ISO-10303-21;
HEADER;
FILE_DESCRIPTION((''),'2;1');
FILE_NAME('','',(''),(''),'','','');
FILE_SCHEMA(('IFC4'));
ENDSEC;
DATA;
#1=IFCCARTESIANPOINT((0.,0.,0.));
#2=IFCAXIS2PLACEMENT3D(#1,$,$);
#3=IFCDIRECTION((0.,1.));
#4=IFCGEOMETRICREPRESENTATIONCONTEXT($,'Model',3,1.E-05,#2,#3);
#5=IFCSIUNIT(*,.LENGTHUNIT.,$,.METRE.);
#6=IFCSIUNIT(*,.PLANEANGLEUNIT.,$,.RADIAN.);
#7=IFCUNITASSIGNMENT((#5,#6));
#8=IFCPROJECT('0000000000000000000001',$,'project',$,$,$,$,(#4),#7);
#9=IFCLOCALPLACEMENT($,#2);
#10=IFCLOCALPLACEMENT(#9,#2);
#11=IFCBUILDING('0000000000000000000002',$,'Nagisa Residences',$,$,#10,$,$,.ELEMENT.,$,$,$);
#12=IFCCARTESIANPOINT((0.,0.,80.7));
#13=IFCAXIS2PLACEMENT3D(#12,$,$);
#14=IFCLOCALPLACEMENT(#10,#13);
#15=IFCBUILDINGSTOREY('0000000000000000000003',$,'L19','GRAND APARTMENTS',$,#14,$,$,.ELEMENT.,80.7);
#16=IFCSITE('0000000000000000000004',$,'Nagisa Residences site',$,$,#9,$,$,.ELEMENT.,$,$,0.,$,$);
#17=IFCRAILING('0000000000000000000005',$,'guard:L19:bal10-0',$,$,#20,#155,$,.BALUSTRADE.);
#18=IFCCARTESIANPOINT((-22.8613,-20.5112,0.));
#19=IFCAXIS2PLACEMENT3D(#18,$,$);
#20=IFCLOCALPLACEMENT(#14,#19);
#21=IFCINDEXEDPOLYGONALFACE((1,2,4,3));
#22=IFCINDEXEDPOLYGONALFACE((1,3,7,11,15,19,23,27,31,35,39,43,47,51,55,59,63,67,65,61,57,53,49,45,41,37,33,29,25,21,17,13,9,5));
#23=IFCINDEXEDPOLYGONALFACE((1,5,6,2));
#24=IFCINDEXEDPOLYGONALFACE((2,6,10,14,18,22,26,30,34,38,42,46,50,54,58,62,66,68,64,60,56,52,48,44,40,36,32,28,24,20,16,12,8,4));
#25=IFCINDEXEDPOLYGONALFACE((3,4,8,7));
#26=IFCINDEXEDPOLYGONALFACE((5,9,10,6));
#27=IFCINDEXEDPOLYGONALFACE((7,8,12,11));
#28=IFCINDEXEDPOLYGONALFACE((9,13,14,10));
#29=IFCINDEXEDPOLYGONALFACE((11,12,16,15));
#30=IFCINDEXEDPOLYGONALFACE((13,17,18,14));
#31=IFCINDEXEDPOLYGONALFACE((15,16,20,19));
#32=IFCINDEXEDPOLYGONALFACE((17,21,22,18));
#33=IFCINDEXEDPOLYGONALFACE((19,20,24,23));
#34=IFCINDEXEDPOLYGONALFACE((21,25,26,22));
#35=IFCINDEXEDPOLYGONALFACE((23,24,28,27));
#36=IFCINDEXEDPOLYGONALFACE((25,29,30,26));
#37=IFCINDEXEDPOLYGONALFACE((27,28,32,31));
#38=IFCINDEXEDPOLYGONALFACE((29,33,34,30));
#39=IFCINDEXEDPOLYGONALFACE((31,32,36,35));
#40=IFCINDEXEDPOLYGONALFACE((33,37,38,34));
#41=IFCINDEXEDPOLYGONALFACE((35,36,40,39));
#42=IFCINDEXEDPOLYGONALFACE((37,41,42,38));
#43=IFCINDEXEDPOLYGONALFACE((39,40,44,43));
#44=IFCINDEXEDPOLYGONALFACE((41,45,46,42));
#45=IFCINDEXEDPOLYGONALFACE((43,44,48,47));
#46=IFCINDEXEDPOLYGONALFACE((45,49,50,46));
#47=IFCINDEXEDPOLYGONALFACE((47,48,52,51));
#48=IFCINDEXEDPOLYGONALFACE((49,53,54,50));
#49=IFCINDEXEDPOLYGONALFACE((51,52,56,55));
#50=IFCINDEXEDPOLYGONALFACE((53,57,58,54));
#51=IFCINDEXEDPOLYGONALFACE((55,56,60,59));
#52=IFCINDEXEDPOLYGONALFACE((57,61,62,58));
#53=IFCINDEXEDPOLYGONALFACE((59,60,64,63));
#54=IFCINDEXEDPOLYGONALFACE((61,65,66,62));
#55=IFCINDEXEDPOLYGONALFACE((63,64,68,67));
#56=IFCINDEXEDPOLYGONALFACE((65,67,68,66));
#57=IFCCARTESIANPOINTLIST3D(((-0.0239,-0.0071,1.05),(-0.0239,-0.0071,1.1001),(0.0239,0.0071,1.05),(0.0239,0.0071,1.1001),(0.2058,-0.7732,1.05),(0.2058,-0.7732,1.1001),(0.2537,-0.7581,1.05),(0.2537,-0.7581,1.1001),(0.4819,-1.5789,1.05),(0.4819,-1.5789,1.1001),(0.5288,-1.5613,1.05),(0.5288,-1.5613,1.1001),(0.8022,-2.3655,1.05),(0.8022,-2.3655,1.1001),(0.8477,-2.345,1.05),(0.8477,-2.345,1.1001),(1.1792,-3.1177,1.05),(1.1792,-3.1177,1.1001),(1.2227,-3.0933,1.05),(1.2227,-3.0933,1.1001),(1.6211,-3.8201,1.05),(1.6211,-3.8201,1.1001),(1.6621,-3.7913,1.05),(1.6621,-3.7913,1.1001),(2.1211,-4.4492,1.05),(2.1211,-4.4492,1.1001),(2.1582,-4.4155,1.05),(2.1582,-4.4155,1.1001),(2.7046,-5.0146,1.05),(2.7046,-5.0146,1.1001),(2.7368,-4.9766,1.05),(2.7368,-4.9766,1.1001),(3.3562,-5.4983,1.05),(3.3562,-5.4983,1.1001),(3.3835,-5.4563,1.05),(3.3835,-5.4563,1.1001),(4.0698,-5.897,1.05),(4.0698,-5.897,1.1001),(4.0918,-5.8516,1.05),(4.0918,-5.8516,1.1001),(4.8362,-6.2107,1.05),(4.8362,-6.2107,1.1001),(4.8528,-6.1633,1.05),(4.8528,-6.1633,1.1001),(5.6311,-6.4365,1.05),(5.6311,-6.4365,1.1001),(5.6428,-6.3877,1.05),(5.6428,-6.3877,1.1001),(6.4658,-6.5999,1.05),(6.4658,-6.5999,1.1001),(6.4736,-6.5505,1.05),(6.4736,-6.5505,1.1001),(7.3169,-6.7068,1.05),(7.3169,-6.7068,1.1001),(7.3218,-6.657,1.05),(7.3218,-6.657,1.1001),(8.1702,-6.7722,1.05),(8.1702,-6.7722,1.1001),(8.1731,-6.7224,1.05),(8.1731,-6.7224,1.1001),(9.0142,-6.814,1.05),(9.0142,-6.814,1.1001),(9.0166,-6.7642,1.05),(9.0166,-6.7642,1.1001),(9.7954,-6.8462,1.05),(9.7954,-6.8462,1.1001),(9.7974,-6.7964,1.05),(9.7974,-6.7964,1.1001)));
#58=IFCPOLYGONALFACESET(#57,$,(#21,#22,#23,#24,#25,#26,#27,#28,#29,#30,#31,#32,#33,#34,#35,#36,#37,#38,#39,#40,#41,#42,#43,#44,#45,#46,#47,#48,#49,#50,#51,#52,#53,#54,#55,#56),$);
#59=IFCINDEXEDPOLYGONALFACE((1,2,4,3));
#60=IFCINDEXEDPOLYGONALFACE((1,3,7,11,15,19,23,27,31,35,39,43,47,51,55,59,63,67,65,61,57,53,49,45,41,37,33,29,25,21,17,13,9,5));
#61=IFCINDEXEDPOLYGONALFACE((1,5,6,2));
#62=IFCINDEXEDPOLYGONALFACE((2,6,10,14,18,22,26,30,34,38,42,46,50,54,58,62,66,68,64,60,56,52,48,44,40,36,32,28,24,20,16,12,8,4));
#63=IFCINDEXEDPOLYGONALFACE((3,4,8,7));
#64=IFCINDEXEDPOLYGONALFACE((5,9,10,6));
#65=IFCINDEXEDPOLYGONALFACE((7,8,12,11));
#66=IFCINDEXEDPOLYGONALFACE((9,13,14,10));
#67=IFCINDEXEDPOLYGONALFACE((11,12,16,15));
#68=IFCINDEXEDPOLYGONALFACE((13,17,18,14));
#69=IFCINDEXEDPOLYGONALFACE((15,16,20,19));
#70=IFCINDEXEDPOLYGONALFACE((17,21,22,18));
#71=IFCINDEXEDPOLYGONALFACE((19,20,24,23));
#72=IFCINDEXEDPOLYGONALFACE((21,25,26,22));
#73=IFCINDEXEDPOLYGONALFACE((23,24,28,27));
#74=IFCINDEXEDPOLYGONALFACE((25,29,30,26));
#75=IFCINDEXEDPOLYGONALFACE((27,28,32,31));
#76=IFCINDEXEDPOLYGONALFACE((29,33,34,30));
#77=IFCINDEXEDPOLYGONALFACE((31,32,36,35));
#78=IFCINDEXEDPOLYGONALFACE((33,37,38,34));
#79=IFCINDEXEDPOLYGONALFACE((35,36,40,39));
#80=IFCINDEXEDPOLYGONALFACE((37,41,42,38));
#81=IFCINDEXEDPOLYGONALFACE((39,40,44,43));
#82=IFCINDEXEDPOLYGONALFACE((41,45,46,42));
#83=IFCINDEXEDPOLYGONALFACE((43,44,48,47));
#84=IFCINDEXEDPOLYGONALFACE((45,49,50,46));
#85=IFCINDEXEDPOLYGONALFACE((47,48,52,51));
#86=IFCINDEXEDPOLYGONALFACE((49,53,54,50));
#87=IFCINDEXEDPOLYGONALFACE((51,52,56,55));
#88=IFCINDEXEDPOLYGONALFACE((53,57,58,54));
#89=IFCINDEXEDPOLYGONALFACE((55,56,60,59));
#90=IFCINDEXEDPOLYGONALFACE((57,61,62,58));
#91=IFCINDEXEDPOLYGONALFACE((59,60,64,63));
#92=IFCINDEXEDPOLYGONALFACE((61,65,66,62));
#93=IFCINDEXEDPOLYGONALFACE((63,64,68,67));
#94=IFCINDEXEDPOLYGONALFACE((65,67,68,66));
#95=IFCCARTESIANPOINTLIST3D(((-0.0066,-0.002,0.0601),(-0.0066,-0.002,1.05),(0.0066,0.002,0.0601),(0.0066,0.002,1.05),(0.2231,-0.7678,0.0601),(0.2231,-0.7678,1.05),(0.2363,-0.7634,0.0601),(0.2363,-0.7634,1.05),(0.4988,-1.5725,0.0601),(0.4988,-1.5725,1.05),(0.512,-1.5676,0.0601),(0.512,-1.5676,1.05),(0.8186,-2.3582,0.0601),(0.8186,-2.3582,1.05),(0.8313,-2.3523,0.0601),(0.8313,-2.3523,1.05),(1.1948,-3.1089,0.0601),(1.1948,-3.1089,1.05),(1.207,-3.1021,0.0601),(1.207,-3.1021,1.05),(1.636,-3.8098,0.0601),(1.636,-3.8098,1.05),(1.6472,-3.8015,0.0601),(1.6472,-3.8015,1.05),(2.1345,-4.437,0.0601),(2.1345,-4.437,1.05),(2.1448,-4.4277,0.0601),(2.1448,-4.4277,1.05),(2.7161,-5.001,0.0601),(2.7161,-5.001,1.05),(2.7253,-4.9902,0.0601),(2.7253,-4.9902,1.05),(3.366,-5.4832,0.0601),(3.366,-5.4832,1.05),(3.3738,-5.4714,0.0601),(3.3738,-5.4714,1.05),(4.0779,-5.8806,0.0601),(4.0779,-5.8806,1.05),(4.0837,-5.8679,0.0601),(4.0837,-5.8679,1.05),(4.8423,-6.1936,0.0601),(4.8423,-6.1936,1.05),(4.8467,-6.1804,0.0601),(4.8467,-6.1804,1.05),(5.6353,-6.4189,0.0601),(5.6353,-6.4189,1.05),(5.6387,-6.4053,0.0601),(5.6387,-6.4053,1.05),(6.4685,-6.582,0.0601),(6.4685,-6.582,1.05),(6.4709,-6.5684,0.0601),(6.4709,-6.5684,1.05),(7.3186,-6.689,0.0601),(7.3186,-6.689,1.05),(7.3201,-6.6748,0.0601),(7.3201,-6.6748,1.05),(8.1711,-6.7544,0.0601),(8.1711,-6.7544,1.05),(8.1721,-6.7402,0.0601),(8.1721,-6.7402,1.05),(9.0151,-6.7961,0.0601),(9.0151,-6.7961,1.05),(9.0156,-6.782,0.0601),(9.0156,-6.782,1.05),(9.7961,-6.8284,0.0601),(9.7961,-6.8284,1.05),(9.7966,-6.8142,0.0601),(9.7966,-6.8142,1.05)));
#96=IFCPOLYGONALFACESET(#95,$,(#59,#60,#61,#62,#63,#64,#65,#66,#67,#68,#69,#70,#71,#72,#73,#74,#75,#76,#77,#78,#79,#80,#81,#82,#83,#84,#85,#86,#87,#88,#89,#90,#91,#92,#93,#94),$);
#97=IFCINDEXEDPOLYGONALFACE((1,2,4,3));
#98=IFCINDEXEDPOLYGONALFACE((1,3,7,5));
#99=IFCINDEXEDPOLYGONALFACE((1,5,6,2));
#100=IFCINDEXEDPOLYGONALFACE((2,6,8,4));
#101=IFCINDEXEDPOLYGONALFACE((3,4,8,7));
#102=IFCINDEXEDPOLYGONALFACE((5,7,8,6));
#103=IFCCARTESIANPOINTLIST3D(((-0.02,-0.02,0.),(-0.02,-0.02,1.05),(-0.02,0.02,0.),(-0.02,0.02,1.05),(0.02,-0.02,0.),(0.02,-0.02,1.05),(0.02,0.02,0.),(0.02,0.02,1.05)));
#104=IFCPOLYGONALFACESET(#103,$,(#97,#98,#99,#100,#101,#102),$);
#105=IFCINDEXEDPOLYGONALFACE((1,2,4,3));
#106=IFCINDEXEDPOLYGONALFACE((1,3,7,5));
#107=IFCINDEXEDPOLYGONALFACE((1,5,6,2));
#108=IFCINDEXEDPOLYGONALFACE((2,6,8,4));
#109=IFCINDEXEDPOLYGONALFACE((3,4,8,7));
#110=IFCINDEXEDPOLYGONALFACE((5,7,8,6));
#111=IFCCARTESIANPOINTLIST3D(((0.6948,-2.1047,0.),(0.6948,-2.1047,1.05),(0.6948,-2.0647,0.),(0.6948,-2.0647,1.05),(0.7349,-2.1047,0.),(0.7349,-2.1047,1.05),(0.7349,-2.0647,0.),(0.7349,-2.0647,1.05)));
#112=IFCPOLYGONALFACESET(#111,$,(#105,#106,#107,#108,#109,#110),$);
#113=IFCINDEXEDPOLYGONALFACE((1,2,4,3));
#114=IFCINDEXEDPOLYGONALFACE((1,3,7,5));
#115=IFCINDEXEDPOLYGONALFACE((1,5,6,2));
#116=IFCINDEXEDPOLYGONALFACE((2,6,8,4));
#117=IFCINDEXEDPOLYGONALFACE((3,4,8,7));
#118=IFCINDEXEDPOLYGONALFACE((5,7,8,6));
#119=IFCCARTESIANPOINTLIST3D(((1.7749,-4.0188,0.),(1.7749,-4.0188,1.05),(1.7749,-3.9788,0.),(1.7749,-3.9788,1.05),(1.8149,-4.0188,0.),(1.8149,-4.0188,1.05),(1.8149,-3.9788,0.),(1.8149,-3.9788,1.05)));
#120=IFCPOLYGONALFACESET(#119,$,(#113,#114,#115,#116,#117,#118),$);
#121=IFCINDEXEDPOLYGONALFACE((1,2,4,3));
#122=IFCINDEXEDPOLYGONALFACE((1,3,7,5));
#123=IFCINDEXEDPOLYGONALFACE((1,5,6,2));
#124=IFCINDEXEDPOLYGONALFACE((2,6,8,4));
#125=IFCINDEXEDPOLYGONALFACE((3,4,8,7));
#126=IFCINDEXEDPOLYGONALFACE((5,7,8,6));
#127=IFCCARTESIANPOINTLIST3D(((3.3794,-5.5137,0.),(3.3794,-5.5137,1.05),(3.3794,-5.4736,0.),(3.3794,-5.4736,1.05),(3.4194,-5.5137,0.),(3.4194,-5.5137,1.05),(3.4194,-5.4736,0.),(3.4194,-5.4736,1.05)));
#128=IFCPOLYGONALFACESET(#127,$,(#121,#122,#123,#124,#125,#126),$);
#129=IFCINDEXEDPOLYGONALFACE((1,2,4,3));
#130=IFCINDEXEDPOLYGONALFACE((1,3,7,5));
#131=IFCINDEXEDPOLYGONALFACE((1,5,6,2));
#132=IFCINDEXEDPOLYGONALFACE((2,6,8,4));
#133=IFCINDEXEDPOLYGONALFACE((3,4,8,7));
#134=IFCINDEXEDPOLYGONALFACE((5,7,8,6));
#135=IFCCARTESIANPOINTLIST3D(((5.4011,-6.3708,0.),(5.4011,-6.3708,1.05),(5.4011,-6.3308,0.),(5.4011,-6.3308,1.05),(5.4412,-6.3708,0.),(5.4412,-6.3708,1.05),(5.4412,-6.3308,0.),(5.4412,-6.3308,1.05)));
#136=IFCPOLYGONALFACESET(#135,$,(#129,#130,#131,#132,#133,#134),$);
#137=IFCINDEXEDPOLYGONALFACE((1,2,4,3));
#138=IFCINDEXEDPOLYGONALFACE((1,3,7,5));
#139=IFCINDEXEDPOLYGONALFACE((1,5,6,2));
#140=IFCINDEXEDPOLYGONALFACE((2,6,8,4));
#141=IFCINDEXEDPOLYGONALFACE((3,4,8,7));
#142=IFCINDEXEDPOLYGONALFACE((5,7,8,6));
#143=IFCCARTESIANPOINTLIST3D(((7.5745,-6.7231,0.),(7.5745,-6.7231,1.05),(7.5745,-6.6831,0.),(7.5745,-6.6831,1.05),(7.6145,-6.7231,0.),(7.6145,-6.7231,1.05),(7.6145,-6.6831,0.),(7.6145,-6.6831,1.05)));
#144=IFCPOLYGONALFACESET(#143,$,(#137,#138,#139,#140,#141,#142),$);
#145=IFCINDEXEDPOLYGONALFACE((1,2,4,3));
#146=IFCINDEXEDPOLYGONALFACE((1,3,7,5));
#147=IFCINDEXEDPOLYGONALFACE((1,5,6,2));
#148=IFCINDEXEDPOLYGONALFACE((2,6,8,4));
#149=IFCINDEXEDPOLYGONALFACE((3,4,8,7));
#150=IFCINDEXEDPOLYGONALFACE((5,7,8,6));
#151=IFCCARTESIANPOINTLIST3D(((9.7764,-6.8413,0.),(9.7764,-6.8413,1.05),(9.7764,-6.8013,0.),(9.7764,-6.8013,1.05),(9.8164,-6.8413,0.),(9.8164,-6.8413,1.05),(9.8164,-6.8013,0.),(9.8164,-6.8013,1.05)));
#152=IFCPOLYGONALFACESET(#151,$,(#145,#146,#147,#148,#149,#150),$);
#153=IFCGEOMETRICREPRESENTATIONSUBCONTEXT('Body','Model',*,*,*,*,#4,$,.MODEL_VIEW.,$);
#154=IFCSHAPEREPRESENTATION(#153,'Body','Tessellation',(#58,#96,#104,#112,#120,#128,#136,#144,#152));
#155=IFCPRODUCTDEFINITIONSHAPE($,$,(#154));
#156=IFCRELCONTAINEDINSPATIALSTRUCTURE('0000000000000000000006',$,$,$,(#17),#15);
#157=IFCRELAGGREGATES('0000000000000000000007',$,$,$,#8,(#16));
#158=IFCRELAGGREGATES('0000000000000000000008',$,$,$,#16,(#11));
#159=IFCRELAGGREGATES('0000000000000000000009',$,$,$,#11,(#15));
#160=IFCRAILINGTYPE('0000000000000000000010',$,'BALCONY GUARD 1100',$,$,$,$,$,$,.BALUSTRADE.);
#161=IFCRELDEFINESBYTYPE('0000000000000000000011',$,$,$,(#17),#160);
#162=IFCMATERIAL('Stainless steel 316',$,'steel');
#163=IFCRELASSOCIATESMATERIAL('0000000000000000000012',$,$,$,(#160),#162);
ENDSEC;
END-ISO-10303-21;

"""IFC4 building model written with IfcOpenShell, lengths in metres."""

from ifc_helpers import new_model, si_unit, direction, frame, origin, origin_2d, place, context, subcontext, project, spatial, polyline, rectangle, outline, extrude, material, type_object, element, save


model = new_model("IFC4")

# Units and contexts
model_context = context("Model", 3, precision=1e-05, world=origin(), true_north=direction((0.0, 1.0)))
body_context = subcontext(model_context, "Body", "Model", "MODEL_VIEW")
ifc_project = project(units=[si_unit("LENGTHUNIT", "METRE"), si_unit("PLANEANGLEUNIT", "RADIAN")], contexts=[model_context])

# Site, building, storey
site_placement = place(None, origin())
site = spatial("IfcSite", under=ifc_project, at=site_placement, Name="Nagisa Residences site", CompositionType="ELEMENT", RefElevation=0.0)
building_placement = place(site_placement, origin())
building = spatial("IfcBuilding", under=site, at=building_placement, Name="Nagisa Residences", CompositionType="ELEMENT")
storey_placement = place(building_placement, frame((0.0, 0.0, 80.7)))
storey = spatial("IfcBuildingStorey", under=building, at=storey_placement, Name="L19", Description="GRAND APARTMENTS", CompositionType="ELEMENT", Elevation=80.7)

# Railing
ifc_material_1 = material(Name="Stainless steel 316", Category="steel")
railing_type = type_object("IfcRailingType", Name="BALCONY GUARD 1100", PredefinedType="BALUSTRADE", material=ifc_material_1)
railing_1_placement = place(storey_placement, frame((-22.8613, -20.5112, 0.0)))
element("IfcRailing", 1, at=railing_1_placement, inside=storey, type_object=railing_type, Name="guard:L19:bal10-0", PredefinedType="BALUSTRADE", context=body_context, shape_type="SweptSolid", body=[
    extrude(outline(polyline([(0.2537, -0.7581), (0.0239, 0.0071), (-0.0239, -0.0071), (0.2058, -0.7732), (0.4819, -1.5789), (0.8022, -2.3655), (1.1792, -3.1177), (1.6211, -3.8201), (2.1211, -4.4492), (2.7046, -5.0146), (3.3562, -5.4983), (4.0698, -5.897), (4.8362, -6.2107), (5.6311, -6.4365), (6.4658, -6.5999), (7.3169, -6.7068), (8.1702, -6.7722), (9.0142, -6.814), (9.7954, -6.8462), (9.7974, -6.7964), (9.0166, -6.7642), (8.1731, -6.7224), (7.3218, -6.657), (6.4736, -6.5505), (5.6428, -6.3877), (4.8528, -6.1633), (4.0918, -5.8516), (3.3835, -5.4563), (2.7368, -4.9766), (2.1582, -4.4155), (1.6621, -3.7913), (1.2227, -3.0933), (0.8477, -2.345), (0.5288, -1.5613), (0.2537, -0.7581)])), frame((0.0, 0.0, 1.05)), (0.0, 0.0, 1.0), 0.05),
    extrude(outline(polyline([(0.2363, -0.7634), (0.0066, 0.002), (-0.0066, -0.002), (0.2231, -0.7678), (0.4988, -1.5725), (0.8186, -2.3582), (1.1948, -3.1089), (1.636, -3.8098), (2.1345, -4.437), (2.7161, -5.001), (3.366, -5.4832), (4.0779, -5.8806), (4.8423, -6.1936), (5.6353, -6.4189), (6.4685, -6.582), (7.3186, -6.689), (8.1711, -6.7544), (9.0151, -6.7961), (9.7961, -6.8284), (9.7966, -6.8142), (9.0156, -6.782), (8.1721, -6.7402), (7.3201, -6.6748), (6.4709, -6.5684), (5.6387, -6.4053), (4.8467, -6.1804), (4.0837, -5.8679), (3.3738, -5.4714), (2.7253, -4.9902), (2.1448, -4.4277), (1.6472, -3.8015), (1.207, -3.1021), (0.8313, -2.3523), (0.512, -1.5676), (0.2363, -0.7634)])), frame((0.0, 0.0, 0.0601)), (0.0, 0.0, 1.0), 0.99),
    extrude(rectangle(XDim=0.04, YDim=0.04, at=origin_2d()), origin(), (0.0, 0.0, 1.0), 1.05),
    extrude(rectangle(XDim=0.04, YDim=0.04, at=origin_2d()), frame((0.7148, -2.0847, 0.0)), (0.0, 0.0, 1.0), 1.05),
    extrude(rectangle(XDim=0.04, YDim=0.04, at=origin_2d()), frame((1.7949, -3.9988, 0.0)), (0.0, 0.0, 1.0), 1.05),
    extrude(rectangle(XDim=0.04, YDim=0.04, at=origin_2d()), frame((3.3994, -5.4937, 0.0)), (0.0, 0.0, 1.0), 1.05),
    extrude(rectangle(XDim=0.04, YDim=0.04, at=origin_2d()), frame((5.4211, -6.3508, 0.0)), (0.0, 0.0, 1.0), 1.05),
    extrude(rectangle(XDim=0.04, YDim=0.04, at=origin_2d()), frame((7.5945, -6.7031, 0.0)), (0.0, 0.0, 1.0), 1.05),
    extrude(rectangle(XDim=0.04, YDim=0.04, at=origin_2d()), frame((9.7964, -6.8213, 0.0)), (0.0, 0.0, 1.0), 1.05),
])

save(model, "model.ifc")
